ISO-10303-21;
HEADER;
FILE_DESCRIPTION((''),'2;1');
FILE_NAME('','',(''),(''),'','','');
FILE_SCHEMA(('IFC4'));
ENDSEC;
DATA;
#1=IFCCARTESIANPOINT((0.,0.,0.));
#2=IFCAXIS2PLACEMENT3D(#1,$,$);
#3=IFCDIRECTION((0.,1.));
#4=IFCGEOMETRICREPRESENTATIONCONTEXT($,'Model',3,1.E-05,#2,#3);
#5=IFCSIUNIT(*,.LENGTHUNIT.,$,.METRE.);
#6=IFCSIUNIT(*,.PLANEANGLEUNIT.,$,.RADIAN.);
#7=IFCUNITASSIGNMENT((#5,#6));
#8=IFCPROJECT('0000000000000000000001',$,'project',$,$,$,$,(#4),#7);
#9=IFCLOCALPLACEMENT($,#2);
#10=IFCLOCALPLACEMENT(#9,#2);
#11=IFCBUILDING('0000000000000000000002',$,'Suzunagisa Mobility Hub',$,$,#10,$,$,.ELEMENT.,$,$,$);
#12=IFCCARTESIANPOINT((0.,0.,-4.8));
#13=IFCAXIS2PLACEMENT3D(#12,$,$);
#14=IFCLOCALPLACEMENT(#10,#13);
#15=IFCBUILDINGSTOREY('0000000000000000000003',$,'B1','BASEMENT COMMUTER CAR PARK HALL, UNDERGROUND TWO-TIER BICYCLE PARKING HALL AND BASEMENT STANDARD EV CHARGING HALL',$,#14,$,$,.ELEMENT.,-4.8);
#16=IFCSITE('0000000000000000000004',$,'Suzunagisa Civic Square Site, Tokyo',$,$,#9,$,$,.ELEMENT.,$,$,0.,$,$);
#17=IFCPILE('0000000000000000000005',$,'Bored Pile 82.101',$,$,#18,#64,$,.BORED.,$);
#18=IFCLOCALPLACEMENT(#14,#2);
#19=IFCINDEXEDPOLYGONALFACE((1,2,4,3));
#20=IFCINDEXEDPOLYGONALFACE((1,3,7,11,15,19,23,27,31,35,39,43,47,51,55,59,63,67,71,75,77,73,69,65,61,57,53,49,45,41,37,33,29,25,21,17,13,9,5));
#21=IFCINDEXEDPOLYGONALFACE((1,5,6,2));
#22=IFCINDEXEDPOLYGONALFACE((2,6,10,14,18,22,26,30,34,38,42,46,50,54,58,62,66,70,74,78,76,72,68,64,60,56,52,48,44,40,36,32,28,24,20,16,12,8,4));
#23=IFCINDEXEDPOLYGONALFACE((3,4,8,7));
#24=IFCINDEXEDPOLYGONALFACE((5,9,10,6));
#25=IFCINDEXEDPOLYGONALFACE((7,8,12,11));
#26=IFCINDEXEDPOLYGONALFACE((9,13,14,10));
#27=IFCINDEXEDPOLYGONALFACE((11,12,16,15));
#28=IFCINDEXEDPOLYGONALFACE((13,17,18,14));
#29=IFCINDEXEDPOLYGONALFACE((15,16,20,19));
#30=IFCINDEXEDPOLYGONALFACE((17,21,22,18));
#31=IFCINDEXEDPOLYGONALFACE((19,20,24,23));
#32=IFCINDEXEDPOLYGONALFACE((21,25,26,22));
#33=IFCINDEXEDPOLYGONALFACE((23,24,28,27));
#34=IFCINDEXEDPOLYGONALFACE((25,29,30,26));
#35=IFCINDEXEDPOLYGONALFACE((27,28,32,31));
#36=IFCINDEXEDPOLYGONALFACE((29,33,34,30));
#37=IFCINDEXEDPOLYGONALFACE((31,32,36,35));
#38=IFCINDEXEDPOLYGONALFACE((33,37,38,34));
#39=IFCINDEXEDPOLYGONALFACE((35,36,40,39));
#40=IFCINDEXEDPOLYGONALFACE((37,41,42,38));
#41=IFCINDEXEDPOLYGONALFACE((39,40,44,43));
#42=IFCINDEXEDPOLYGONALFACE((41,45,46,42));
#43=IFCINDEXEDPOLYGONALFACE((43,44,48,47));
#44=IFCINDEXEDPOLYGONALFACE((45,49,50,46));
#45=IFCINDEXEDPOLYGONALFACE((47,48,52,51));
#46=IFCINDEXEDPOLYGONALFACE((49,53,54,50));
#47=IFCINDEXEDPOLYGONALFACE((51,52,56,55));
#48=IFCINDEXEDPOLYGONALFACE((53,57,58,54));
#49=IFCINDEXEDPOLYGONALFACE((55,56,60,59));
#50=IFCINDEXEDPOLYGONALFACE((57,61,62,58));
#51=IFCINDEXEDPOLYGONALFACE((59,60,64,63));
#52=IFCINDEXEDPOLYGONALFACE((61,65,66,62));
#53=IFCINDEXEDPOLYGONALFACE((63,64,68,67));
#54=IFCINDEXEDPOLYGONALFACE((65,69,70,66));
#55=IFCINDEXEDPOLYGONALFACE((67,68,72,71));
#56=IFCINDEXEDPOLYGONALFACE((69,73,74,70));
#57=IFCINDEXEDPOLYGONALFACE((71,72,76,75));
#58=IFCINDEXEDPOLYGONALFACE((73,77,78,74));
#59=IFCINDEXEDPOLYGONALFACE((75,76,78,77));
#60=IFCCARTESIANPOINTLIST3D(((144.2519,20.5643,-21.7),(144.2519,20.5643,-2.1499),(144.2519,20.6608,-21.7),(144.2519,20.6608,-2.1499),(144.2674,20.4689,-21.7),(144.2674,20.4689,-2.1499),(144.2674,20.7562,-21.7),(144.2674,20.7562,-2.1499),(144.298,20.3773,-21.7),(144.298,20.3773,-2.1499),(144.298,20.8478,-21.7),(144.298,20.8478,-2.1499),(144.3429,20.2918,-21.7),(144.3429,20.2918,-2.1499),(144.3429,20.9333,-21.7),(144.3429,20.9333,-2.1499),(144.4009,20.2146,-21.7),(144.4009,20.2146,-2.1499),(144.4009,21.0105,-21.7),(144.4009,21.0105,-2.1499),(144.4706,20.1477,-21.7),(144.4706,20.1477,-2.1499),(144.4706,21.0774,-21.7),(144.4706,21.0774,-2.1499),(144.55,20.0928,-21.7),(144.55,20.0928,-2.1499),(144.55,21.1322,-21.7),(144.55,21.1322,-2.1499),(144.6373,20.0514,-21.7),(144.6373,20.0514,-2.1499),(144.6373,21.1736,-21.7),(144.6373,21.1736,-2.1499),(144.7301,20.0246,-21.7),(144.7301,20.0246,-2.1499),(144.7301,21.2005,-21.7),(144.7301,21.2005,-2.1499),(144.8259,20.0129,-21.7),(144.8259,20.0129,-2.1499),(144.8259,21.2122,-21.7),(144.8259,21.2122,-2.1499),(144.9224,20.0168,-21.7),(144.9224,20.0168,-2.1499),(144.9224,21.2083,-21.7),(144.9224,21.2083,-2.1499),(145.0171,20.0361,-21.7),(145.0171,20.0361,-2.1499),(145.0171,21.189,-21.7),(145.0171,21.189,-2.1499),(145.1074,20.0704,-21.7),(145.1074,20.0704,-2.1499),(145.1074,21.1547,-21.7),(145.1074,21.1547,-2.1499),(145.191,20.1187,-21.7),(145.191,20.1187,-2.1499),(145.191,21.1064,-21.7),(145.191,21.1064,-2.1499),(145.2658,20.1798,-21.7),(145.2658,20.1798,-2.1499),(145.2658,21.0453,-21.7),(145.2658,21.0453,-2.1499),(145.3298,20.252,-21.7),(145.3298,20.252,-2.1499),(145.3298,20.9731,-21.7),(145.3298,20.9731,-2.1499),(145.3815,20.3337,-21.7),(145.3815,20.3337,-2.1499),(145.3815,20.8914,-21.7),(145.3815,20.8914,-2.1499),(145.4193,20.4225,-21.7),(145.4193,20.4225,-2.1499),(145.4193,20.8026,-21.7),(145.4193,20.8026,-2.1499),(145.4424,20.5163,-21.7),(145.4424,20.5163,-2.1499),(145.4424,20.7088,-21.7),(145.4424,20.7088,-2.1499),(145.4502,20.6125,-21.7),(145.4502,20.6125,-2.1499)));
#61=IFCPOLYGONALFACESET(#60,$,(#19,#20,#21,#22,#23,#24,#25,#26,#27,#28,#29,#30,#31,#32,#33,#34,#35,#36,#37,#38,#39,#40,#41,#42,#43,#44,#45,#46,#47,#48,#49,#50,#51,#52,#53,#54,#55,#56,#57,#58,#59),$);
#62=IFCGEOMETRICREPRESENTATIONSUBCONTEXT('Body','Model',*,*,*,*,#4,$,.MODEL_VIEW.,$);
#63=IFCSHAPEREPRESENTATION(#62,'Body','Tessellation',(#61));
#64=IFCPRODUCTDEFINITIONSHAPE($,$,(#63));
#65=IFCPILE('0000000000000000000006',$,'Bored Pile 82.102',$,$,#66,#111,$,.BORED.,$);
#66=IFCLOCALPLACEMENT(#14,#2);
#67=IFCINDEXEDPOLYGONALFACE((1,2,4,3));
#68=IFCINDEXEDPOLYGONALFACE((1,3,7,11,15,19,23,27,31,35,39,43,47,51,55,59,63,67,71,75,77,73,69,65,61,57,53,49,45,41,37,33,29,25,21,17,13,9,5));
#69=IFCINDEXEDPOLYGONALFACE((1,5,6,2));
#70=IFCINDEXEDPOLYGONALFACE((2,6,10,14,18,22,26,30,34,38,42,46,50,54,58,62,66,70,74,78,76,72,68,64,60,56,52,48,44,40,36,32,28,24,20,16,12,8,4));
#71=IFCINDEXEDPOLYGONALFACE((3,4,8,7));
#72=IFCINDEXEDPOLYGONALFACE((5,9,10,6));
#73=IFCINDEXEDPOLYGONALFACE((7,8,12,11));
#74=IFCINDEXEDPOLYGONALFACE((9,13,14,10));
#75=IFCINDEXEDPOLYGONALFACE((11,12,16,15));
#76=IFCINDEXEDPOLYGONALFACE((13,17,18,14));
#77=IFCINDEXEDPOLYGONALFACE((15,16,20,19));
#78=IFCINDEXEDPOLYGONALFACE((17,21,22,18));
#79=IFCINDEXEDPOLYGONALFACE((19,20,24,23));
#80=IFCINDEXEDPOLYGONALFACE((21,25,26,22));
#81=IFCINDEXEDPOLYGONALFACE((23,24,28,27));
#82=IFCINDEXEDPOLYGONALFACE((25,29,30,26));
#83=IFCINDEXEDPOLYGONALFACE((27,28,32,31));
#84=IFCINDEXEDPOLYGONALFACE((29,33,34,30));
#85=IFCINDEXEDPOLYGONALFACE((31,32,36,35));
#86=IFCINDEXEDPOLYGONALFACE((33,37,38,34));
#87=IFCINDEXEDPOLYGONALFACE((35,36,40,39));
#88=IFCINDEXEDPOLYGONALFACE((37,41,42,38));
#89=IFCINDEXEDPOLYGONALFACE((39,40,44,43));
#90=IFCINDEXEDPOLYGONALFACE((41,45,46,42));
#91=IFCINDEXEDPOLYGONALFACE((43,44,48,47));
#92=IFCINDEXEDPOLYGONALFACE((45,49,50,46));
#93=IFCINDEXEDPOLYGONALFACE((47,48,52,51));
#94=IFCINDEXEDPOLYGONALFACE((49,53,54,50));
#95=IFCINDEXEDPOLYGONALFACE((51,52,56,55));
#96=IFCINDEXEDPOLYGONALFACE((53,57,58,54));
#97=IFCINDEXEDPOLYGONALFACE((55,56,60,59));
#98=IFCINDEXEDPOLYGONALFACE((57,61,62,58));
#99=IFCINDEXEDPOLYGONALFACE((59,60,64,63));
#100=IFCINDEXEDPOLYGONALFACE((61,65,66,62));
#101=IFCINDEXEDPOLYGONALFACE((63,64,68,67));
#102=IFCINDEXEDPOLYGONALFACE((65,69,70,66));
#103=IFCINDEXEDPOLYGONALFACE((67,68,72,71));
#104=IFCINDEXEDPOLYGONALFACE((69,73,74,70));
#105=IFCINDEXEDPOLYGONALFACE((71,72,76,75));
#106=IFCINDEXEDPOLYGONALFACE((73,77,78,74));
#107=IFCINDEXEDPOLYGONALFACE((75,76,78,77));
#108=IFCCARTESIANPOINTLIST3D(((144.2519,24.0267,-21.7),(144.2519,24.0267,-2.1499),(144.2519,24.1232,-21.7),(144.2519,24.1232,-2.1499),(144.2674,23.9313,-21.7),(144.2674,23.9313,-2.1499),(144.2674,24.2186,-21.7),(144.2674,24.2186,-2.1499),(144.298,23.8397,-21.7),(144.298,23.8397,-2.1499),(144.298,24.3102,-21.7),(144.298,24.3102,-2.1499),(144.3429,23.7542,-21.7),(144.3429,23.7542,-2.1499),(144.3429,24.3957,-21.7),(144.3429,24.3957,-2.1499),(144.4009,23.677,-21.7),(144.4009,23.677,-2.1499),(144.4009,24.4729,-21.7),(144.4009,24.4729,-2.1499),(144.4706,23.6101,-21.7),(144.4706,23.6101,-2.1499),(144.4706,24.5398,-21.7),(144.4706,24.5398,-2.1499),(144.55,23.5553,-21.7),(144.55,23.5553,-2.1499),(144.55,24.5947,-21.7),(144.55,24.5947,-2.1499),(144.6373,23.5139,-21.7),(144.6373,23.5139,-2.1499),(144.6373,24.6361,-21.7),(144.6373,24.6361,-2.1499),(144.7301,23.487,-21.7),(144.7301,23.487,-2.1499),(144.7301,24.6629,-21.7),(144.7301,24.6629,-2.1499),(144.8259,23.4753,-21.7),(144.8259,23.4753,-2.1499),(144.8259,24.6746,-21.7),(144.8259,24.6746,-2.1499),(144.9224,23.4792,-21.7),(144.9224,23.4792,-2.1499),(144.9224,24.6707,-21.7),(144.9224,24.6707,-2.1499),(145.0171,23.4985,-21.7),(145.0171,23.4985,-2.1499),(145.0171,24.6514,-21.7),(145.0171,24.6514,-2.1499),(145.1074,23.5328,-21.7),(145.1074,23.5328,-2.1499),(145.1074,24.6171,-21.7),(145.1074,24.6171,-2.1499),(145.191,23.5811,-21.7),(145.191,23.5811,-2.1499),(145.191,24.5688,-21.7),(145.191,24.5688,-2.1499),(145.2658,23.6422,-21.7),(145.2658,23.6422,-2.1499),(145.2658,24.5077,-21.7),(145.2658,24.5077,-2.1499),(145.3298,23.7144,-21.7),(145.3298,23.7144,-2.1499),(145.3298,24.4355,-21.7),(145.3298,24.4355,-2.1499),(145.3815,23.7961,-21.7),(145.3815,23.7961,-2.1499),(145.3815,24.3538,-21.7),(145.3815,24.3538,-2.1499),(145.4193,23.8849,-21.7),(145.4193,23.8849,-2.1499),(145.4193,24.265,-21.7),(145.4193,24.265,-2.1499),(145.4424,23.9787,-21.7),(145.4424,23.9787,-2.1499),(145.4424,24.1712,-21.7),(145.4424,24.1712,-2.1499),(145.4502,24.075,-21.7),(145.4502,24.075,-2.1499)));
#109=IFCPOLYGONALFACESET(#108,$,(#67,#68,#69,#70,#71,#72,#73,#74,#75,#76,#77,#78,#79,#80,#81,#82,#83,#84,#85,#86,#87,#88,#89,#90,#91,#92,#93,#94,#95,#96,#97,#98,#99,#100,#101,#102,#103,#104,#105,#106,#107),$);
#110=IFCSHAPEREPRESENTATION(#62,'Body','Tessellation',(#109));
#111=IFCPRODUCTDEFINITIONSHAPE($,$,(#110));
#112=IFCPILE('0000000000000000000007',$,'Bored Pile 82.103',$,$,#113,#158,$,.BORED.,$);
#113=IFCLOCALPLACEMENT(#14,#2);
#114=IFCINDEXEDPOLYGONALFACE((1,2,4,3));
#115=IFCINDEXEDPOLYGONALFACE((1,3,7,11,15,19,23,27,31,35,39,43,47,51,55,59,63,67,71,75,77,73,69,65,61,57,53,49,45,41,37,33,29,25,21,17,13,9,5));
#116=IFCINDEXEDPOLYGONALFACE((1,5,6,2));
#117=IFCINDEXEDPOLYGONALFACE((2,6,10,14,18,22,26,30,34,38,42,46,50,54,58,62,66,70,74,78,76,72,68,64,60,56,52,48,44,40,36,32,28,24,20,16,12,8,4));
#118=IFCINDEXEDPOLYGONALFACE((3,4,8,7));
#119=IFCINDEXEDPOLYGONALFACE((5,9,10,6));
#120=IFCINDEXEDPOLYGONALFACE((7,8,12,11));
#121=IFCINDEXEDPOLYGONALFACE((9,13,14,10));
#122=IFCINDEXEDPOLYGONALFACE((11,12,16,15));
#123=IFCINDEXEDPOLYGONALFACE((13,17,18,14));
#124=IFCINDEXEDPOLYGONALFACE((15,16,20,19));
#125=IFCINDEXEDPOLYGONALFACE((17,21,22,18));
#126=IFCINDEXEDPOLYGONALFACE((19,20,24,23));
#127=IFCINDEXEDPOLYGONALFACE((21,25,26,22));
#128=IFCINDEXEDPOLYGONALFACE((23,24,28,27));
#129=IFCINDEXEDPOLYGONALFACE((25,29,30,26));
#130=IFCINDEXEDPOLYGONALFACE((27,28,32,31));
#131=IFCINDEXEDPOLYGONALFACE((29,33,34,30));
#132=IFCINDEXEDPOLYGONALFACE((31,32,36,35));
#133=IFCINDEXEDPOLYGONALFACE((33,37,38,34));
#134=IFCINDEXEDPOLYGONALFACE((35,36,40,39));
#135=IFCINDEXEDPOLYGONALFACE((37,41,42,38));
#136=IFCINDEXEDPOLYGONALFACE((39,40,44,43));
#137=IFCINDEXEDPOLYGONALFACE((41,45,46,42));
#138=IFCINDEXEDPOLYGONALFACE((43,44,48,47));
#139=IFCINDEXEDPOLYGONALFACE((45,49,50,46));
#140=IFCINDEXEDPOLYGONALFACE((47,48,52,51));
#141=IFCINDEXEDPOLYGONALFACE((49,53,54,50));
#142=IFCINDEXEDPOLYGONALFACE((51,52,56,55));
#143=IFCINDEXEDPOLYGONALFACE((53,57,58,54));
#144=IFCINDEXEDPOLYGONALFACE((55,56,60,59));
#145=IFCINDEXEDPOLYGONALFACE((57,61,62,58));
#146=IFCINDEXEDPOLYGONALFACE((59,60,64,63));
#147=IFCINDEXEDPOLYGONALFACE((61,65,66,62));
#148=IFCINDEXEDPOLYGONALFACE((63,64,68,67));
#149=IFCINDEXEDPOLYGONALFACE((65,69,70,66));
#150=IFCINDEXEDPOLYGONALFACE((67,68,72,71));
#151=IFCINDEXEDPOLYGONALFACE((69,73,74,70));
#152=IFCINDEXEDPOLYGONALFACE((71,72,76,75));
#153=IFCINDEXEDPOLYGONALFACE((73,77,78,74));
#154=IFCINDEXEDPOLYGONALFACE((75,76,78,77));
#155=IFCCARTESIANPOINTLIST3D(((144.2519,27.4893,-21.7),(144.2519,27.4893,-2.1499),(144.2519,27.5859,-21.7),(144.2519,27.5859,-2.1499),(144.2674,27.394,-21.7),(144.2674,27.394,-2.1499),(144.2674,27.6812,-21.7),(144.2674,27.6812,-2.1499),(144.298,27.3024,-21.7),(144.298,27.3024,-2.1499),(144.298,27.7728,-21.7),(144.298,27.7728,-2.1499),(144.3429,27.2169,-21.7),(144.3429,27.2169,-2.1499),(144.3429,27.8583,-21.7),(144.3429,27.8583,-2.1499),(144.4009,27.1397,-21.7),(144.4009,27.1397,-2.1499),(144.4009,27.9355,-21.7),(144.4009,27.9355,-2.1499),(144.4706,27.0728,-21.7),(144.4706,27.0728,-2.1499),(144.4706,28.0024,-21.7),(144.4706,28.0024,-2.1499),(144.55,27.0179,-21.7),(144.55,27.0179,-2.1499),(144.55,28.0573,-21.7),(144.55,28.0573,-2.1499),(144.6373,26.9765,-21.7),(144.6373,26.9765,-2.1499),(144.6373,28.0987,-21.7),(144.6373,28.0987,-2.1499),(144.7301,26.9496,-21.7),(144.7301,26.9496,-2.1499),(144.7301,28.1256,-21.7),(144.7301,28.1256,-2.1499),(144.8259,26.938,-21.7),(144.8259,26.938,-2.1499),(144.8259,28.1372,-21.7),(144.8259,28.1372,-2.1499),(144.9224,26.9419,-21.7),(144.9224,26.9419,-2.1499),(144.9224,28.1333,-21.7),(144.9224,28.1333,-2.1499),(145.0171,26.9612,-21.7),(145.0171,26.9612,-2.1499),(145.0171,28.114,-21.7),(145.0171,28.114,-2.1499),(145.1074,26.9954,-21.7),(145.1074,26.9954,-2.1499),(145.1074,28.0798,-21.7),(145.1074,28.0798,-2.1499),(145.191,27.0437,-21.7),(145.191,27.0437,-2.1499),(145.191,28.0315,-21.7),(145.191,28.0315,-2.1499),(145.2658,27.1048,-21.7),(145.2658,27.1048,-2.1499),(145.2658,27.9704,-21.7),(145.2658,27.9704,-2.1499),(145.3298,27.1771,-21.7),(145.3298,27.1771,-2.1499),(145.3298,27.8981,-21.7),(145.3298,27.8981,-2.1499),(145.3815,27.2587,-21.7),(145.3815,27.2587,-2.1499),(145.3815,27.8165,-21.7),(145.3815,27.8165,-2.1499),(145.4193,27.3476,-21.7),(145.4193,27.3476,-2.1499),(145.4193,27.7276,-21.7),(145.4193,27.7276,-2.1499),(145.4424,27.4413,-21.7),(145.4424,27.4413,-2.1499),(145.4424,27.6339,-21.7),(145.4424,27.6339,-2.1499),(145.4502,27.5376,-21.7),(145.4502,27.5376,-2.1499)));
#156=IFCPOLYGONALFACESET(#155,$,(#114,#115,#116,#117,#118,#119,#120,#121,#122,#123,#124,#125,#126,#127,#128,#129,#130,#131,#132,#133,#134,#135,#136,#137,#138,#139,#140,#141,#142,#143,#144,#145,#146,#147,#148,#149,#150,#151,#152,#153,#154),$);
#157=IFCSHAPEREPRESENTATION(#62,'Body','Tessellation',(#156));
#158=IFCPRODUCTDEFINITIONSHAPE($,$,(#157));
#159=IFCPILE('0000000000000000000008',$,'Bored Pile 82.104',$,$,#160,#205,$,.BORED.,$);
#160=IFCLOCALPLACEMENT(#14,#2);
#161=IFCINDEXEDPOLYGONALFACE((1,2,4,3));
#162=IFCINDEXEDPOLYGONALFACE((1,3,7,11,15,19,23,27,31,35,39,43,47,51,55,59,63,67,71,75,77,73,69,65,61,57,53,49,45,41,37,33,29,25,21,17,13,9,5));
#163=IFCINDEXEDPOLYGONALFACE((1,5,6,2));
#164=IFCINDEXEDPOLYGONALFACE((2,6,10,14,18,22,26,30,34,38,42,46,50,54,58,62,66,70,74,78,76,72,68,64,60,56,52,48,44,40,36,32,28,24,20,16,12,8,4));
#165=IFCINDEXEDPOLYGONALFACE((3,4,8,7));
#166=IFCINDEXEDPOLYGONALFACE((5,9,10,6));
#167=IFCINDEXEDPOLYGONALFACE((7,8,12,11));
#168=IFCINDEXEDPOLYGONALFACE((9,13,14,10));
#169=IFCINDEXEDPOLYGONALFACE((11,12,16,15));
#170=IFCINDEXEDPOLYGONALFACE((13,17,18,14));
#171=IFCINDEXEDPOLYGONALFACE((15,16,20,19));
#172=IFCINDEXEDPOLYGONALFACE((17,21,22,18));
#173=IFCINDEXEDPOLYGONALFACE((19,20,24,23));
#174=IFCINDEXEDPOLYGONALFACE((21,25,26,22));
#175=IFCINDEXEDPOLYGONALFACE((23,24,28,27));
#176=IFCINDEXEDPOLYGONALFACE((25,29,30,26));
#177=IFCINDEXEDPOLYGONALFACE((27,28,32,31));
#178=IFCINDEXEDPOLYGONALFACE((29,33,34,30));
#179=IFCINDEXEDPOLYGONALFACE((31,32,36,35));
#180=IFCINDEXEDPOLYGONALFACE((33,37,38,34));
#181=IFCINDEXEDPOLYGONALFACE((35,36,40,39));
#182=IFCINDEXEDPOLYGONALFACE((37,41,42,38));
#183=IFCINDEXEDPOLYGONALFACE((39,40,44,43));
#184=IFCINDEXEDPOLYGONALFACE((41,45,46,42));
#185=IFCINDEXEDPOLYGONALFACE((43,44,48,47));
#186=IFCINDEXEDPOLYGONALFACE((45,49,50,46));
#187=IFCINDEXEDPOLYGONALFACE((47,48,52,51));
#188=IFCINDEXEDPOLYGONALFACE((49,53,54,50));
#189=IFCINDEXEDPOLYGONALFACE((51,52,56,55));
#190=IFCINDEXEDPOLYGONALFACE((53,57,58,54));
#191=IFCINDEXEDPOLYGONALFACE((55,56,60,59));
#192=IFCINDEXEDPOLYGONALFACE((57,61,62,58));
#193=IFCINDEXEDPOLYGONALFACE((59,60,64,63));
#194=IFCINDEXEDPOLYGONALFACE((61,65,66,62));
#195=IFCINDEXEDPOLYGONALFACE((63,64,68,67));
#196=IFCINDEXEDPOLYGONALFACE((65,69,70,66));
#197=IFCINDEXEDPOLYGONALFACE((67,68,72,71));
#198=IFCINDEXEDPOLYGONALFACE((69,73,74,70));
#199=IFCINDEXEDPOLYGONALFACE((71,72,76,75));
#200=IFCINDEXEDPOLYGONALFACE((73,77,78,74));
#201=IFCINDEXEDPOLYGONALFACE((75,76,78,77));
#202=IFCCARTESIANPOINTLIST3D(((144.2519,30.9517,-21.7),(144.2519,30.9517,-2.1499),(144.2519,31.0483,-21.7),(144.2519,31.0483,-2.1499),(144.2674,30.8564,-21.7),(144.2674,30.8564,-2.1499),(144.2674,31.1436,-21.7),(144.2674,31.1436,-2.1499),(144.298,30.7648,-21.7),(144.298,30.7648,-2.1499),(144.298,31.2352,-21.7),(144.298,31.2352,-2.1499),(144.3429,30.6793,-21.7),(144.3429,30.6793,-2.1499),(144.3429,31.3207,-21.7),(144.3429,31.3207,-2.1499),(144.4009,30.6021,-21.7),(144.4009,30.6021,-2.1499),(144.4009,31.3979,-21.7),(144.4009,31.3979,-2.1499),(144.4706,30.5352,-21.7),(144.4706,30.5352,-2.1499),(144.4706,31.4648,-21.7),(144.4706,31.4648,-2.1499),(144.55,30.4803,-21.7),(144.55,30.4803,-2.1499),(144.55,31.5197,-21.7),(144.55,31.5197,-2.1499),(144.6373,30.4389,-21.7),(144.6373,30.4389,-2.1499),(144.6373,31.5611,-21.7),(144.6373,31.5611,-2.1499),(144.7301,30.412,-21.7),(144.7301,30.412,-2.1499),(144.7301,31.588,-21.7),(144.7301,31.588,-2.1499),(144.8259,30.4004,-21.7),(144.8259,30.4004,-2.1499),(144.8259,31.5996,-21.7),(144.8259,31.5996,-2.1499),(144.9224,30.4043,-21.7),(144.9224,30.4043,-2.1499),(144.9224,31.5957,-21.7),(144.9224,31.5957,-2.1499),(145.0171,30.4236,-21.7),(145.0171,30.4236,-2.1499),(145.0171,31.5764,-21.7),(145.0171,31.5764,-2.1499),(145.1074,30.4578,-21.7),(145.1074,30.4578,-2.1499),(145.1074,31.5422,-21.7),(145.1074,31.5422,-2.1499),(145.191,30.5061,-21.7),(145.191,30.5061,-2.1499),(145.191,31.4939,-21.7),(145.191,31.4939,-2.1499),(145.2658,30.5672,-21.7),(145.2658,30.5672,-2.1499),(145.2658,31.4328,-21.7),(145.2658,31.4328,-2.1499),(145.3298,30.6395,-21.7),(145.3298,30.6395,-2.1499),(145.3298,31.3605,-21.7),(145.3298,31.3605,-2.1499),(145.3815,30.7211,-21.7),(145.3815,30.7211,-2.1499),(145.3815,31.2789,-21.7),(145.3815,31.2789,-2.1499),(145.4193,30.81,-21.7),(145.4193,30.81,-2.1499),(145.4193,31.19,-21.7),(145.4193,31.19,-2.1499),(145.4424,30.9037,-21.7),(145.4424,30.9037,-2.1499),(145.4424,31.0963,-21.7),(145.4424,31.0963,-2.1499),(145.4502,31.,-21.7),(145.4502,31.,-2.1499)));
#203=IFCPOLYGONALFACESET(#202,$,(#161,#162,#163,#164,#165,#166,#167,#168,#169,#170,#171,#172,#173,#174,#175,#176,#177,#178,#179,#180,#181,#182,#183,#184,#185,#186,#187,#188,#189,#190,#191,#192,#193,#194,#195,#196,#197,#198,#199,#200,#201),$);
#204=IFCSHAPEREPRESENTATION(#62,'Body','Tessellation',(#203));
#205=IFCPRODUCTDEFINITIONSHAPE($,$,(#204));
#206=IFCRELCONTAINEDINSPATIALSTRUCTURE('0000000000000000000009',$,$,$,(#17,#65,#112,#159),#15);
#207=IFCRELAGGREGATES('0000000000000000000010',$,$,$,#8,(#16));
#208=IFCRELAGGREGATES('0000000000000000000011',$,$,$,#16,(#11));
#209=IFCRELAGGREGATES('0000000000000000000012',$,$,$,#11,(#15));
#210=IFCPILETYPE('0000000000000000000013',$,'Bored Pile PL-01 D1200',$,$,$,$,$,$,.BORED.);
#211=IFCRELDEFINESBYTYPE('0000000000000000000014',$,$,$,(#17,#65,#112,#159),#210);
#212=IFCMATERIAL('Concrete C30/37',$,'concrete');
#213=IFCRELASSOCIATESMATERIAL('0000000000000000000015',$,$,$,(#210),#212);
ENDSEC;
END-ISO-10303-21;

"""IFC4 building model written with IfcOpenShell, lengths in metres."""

from ifc_helpers import new_model, si_unit, direction, frame, origin, origin_2d, place, context, subcontext, project, spatial, circle, extrude, material, material_profile, profile_set, type_object, element, save


model = new_model("IFC4")

# Units and contexts
model_context = context("Model", 3, precision=1e-05, world=origin(), true_north=direction((0.0, 1.0)))
body_context = subcontext(model_context, "Body", "Model", "MODEL_VIEW")
ifc_project = project(units=[si_unit("LENGTHUNIT", "METRE"), si_unit("PLANEANGLEUNIT", "RADIAN")], contexts=[model_context])

# Site, building, storey
site_placement = place(None, origin())
site = spatial("IfcSite", under=ifc_project, at=site_placement, Name="Suzunagisa Civic Square Site, Tokyo", CompositionType="ELEMENT", RefElevation=0.0)
building_placement = place(site_placement, origin())
building = spatial("IfcBuilding", under=site, at=building_placement, Name="Suzunagisa Mobility Hub", CompositionType="ELEMENT")
storey_placement = place(building_placement, frame((0.0, 0.0, -4.8)))
storey = spatial("IfcBuildingStorey", under=building, at=storey_placement, Name="B1", Description="BASEMENT COMMUTER CAR PARK HALL, UNDERGROUND TWO-TIER BICYCLE PARKING HALL AND BASEMENT STANDARD EV CHARGING HALL", CompositionType="ELEMENT", Elevation=-4.8)

# Piles
ifc_material_1 = material(Name="Concrete C30/37", Category="concrete")
ifc_material_profile_1 = material_profile(ifc_material_1, circle(Radius=0.6001, at=origin_2d()), Name="BORED PILE D1200")
ifc_profile_set_1 = profile_set([ifc_material_profile_1], Name="Concrete C30/37")
pile_type_1 = type_object("IfcPileType", Name="Bored Pile PL-01 D1200", PredefinedType="BORED", material=ifc_profile_set_1)
for number, where, z_axis, x_axis, name in (
    (1, (144.8501, 20.6125, -2.1499), (0.0, 0.0, -1.0), (1.0, 0.0, 0.0), "Bored Pile 82.101"),
    (2, (144.8501, 24.075, -2.1499), (0.0, 0.0, -1.0), (1.0, 0.0, 0.0), "Bored Pile 82.102"),
    (3, (144.8501, 27.5376, -2.1499), (0.0, 0.0, -1.0), (1.0, 0.0, 0.0), "Bored Pile 82.103"),
    (4, (144.8501, 31.0, -2.1499), (0.0, 0.0, -1.0), (1.0, 0.0, 0.0), "Bored Pile 82.104"),
):
    element("IfcPile", number, at=place(storey_placement, frame(where, z_axis=z_axis, x_axis=x_axis)), inside=storey, type_object=pile_type_1, Name=name, PredefinedType="BORED", context=body_context, shape_type="SweptSolid", body=[
        extrude(circle(Radius=0.6001, at=origin_2d()), origin(), (0.0, 0.0, 1.0), 19.55),
    ])

save(model, "model.ifc")
